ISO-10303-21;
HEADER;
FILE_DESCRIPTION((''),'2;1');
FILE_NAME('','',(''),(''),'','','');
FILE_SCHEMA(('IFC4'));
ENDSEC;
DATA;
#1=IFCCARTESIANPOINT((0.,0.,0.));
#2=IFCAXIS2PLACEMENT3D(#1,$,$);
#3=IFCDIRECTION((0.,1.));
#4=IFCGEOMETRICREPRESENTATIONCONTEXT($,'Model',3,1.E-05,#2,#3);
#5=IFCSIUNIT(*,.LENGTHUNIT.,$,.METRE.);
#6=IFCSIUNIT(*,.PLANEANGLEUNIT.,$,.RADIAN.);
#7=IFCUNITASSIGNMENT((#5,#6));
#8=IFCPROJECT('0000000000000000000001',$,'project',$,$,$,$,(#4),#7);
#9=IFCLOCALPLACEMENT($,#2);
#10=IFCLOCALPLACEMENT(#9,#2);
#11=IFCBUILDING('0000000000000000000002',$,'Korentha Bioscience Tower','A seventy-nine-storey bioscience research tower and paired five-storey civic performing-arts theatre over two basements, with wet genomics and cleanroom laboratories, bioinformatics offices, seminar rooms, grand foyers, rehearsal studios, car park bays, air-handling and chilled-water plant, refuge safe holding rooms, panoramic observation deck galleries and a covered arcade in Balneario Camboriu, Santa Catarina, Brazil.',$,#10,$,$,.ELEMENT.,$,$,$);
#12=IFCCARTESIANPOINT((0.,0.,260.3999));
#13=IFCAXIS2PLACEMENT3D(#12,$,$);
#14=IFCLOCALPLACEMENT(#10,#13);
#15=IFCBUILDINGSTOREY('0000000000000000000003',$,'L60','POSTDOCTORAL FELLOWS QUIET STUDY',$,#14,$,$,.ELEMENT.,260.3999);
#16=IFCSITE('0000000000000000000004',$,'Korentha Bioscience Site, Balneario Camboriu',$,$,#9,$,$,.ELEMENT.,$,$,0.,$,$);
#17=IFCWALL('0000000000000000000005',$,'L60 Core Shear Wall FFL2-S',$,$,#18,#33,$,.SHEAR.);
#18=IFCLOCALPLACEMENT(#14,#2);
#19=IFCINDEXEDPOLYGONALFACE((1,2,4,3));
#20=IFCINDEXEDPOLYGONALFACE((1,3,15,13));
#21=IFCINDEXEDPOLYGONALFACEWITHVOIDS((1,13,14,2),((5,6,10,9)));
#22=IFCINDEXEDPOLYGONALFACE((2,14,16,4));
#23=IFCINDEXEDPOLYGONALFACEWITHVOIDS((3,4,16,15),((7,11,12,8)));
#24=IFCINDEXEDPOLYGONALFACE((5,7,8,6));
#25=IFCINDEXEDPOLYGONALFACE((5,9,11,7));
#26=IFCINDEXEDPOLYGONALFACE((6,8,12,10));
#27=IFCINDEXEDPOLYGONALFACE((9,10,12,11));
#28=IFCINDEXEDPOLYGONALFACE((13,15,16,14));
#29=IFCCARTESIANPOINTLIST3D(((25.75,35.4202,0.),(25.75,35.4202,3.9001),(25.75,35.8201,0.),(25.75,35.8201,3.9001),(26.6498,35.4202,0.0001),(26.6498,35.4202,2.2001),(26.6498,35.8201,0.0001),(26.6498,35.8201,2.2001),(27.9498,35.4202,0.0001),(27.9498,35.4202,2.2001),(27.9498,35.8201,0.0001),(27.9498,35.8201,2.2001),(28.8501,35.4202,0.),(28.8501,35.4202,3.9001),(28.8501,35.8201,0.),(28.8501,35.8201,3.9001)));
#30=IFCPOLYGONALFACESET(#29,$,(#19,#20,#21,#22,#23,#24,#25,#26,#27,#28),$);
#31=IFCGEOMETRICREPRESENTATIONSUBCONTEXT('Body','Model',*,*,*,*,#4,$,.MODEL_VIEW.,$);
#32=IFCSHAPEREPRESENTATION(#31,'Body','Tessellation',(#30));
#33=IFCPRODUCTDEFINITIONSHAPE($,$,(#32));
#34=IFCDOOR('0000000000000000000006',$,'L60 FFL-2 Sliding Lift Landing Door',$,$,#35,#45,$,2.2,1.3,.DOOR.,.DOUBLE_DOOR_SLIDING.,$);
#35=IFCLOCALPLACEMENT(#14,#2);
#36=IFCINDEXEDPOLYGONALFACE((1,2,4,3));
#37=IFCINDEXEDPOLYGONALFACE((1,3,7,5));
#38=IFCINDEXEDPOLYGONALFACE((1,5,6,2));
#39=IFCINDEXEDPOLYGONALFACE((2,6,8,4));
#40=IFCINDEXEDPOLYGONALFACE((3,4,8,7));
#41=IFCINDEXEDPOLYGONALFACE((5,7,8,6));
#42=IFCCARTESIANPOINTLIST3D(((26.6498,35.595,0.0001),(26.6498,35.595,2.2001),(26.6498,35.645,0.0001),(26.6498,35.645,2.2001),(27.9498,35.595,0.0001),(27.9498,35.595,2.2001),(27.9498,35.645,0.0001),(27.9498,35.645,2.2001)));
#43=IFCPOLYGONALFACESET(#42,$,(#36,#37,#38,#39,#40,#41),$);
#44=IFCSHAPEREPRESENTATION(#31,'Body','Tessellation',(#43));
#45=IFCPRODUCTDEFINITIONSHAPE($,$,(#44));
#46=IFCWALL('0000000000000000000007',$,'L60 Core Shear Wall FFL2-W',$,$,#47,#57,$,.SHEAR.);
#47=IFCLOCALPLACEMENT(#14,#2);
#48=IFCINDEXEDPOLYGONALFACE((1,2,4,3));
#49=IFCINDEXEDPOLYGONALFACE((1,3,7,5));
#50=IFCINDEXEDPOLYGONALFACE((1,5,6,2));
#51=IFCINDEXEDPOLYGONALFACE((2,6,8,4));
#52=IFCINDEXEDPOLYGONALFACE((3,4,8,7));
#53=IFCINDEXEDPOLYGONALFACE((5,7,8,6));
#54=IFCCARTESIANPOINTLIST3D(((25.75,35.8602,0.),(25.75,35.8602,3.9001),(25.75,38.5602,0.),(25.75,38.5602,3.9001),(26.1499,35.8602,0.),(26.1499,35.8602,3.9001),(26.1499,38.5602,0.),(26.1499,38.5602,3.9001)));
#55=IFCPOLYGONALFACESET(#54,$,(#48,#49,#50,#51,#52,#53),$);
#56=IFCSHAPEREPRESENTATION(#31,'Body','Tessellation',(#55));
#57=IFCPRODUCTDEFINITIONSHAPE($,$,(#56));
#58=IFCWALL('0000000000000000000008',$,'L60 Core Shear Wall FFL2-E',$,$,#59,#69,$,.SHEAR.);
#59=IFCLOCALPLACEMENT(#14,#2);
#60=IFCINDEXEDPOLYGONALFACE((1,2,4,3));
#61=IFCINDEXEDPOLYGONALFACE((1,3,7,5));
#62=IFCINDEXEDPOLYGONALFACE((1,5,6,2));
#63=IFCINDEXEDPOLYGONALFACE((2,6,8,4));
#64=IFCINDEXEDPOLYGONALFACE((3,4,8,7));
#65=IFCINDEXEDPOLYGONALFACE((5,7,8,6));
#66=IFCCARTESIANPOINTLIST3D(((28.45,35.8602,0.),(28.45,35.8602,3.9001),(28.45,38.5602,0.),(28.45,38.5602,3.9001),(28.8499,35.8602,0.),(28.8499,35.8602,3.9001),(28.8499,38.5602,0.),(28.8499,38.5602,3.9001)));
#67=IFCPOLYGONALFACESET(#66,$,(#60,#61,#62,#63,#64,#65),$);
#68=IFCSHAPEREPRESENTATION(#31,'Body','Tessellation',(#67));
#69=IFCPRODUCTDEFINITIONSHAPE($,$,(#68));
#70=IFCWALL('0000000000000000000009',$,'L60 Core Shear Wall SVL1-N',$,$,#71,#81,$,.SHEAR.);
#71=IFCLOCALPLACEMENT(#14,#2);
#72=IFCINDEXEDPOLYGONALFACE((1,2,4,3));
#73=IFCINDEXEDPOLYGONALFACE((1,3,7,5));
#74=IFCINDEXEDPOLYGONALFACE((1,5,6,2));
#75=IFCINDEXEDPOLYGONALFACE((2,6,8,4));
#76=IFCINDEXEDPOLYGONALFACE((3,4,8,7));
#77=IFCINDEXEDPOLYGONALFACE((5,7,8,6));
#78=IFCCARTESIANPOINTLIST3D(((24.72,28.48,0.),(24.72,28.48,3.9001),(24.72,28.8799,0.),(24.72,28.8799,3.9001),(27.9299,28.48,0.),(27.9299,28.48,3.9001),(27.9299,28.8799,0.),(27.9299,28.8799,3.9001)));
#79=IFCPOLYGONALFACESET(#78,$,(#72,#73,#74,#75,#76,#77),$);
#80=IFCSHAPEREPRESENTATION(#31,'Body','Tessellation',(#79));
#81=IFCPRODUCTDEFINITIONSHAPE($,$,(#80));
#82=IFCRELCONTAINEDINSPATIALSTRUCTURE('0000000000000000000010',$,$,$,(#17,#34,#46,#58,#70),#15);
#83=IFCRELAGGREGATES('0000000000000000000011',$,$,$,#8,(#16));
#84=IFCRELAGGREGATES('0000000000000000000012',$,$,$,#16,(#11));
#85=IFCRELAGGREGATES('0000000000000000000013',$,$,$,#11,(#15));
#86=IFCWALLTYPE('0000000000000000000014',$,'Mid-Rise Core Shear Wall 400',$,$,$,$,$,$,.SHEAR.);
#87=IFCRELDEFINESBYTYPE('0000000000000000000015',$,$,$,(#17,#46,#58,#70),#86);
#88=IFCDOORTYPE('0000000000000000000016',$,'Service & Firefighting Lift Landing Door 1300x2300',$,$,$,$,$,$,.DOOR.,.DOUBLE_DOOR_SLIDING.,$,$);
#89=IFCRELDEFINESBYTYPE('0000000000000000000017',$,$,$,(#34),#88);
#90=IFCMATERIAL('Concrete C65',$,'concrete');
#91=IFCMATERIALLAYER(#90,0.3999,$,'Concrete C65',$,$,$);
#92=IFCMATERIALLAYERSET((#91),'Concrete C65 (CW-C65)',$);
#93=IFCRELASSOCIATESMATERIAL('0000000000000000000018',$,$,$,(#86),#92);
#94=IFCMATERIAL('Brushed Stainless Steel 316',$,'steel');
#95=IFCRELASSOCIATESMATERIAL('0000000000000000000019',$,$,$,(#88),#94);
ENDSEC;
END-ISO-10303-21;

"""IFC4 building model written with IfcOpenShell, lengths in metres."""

from ifc_helpers import new_model, si_unit, direction, frame, frame_2d, origin, place, context, subcontext, project, spatial, rectangle, extrude, material, layer, layer_set, type_object, element, fill, save


model = new_model("IFC4")

# Units and contexts
model_context = context("Model", 3, precision=1e-05, world=origin(), true_north=direction((0.0, 1.0)))
body_context = subcontext(model_context, "Body", "Model", "MODEL_VIEW")
ifc_project = project(units=[si_unit("LENGTHUNIT", "METRE"), si_unit("PLANEANGLEUNIT", "RADIAN")], contexts=[model_context])

# Site, building, storey
site_placement = place(None, origin())
site = spatial("IfcSite", under=ifc_project, at=site_placement, Name="Korentha Bioscience Site, Balneario Camboriu", CompositionType="ELEMENT", RefElevation=0.0)
building_placement = place(site_placement, origin())
building = spatial("IfcBuilding", under=site, at=building_placement, Name="Korentha Bioscience Tower", Description="A seventy-nine-storey bioscience research tower and paired five-storey civic performing-arts theatre over two basements, with wet genomics and cleanroom laboratories, bioinformatics offices, seminar rooms, grand foyers, rehearsal studios, car park bays, air-handling and chilled-water plant, refuge safe holding rooms, panoramic observation deck galleries and a covered arcade in Balneario Camboriu, Santa Catarina, Brazil.", CompositionType="ELEMENT")
storey_placement = place(building_placement, frame((0.0, 0.0, 260.3999)))
storey = spatial("IfcBuildingStorey", under=building, at=storey_placement, Name="L60", Description="POSTDOCTORAL FELLOWS QUIET STUDY", CompositionType="ELEMENT", Elevation=260.3999)

# Shared definitions
ifc_material_1 = material(Name="Concrete C65", Category="concrete")

# Shared definitions
ifc_layer_1 = layer(ifc_material_1, 0.3999, Name="Concrete C65")
ifc_layer_set_1 = layer_set([ifc_layer_1], Name="Concrete C65 (CW-C65)")
wall_type_1 = type_object("IfcWallType", Name="Mid-Rise Core Shear Wall 400", PredefinedType="SHEAR", material=ifc_layer_set_1)

# Wall, opening, door
wall_1_placement = place(storey_placement, frame((25.75, 35.6201, 0.0), z_axis=(0.0, 0.0, 1.0), x_axis=(1.0, 0.0, 0.0)))
wall_1 = element("IfcWall", 1, at=wall_1_placement, inside=storey, type_object=wall_type_1, Name="L60 Core Shear Wall FFL2-S", PredefinedType="SHEAR", context=body_context, shape_type="SweptSolid", body=[
    extrude(rectangle(XDim=3.1001, YDim=0.3999, at=frame_2d((1.55, 0.0))), origin(), (0.0, 0.0, 1.0), 3.9001),
])
opening_1_placement = place(wall_1_placement, frame((0.8999, 0.0, 0.0)))
opening_1 = element("IfcOpeningElement", 2, at=opening_1_placement, cuts=wall_1, PredefinedType="OPENING", context=body_context, shape_type="SweptSolid", body=[
    extrude(rectangle(XDim=1.3, YDim=2.2, at=frame_2d((0.6499, 1.1001))), frame((0.0, 0.2148, 0.0), z_axis=(0.0, -1.0, 0.0), x_axis=(1.0, 0.0, 0.0)), (0.0, 0.0, 1.0), 0.4297),
])
ifc_material_2 = material(Name="Brushed Stainless Steel 316", Category="steel")
door_type_1 = type_object("IfcDoorType", Name="Service & Firefighting Lift Landing Door 1300x2300", OperationType="DOUBLE_DOOR_SLIDING", PredefinedType="DOOR", material=ifc_material_2)
door_1_placement = place(opening_1_placement, origin())
door_1 = element("IfcDoor", 3, at=door_1_placement, inside=storey, type_object=door_type_1, Name="L60 FFL-2 Sliding Lift Landing Door", OperationType="DOUBLE_DOOR_SLIDING", OverallHeight=2.2, OverallWidth=1.3, PredefinedType="DOOR", context=body_context, shape_type="SweptSolid", body=[
    extrude(rectangle(XDim=1.3, YDim=2.2, at=frame_2d((0.6499, 1.1001))), frame((0.0, 0.0249, 0.0), z_axis=(0.0, -1.0, 0.0), x_axis=(1.0, 0.0, 0.0)), (0.0, 0.0, 1.0), 0.05),
])
fill(opening_1, door_1)

# Walls
for number, where, z_axis, x_axis, name in (
    (4, (25.95, 35.8601, 0.0), (0.0, 0.0, 1.0), (0.0, 1.0, 0.0), "L60 Core Shear Wall FFL2-W"),
    (5, (28.6499, 35.8601, 0.0), (0.0, 0.0, 1.0), (0.0, 1.0, 0.0), "L60 Core Shear Wall FFL2-E"),
):
    element("IfcWall", number, at=place(storey_placement, frame(where, z_axis=z_axis, x_axis=x_axis)), inside=storey, type_object=wall_type_1, Name=name, PredefinedType="SHEAR", context=body_context, shape_type="SweptSolid", body=[
        extrude(rectangle(XDim=2.7, YDim=0.3999, at=frame_2d((1.3501, 0.0))), origin(), (0.0, 0.0, 1.0), 3.9001),
    ])
wall_2_placement = place(storey_placement, frame((24.72, 28.6799, 0.0), z_axis=(0.0, 0.0, 1.0), x_axis=(1.0, 0.0, 0.0)))
element("IfcWall", 6, at=wall_2_placement, inside=storey, type_object=wall_type_1, Name="L60 Core Shear Wall SVL1-N", PredefinedType="SHEAR", context=body_context, shape_type="SweptSolid", body=[
    extrude(rectangle(XDim=3.21, YDim=0.3999, at=frame_2d((1.605, 0.0))), origin(), (0.0, 0.0, 1.0), 3.9001),
])

save(model, "model.ifc")
